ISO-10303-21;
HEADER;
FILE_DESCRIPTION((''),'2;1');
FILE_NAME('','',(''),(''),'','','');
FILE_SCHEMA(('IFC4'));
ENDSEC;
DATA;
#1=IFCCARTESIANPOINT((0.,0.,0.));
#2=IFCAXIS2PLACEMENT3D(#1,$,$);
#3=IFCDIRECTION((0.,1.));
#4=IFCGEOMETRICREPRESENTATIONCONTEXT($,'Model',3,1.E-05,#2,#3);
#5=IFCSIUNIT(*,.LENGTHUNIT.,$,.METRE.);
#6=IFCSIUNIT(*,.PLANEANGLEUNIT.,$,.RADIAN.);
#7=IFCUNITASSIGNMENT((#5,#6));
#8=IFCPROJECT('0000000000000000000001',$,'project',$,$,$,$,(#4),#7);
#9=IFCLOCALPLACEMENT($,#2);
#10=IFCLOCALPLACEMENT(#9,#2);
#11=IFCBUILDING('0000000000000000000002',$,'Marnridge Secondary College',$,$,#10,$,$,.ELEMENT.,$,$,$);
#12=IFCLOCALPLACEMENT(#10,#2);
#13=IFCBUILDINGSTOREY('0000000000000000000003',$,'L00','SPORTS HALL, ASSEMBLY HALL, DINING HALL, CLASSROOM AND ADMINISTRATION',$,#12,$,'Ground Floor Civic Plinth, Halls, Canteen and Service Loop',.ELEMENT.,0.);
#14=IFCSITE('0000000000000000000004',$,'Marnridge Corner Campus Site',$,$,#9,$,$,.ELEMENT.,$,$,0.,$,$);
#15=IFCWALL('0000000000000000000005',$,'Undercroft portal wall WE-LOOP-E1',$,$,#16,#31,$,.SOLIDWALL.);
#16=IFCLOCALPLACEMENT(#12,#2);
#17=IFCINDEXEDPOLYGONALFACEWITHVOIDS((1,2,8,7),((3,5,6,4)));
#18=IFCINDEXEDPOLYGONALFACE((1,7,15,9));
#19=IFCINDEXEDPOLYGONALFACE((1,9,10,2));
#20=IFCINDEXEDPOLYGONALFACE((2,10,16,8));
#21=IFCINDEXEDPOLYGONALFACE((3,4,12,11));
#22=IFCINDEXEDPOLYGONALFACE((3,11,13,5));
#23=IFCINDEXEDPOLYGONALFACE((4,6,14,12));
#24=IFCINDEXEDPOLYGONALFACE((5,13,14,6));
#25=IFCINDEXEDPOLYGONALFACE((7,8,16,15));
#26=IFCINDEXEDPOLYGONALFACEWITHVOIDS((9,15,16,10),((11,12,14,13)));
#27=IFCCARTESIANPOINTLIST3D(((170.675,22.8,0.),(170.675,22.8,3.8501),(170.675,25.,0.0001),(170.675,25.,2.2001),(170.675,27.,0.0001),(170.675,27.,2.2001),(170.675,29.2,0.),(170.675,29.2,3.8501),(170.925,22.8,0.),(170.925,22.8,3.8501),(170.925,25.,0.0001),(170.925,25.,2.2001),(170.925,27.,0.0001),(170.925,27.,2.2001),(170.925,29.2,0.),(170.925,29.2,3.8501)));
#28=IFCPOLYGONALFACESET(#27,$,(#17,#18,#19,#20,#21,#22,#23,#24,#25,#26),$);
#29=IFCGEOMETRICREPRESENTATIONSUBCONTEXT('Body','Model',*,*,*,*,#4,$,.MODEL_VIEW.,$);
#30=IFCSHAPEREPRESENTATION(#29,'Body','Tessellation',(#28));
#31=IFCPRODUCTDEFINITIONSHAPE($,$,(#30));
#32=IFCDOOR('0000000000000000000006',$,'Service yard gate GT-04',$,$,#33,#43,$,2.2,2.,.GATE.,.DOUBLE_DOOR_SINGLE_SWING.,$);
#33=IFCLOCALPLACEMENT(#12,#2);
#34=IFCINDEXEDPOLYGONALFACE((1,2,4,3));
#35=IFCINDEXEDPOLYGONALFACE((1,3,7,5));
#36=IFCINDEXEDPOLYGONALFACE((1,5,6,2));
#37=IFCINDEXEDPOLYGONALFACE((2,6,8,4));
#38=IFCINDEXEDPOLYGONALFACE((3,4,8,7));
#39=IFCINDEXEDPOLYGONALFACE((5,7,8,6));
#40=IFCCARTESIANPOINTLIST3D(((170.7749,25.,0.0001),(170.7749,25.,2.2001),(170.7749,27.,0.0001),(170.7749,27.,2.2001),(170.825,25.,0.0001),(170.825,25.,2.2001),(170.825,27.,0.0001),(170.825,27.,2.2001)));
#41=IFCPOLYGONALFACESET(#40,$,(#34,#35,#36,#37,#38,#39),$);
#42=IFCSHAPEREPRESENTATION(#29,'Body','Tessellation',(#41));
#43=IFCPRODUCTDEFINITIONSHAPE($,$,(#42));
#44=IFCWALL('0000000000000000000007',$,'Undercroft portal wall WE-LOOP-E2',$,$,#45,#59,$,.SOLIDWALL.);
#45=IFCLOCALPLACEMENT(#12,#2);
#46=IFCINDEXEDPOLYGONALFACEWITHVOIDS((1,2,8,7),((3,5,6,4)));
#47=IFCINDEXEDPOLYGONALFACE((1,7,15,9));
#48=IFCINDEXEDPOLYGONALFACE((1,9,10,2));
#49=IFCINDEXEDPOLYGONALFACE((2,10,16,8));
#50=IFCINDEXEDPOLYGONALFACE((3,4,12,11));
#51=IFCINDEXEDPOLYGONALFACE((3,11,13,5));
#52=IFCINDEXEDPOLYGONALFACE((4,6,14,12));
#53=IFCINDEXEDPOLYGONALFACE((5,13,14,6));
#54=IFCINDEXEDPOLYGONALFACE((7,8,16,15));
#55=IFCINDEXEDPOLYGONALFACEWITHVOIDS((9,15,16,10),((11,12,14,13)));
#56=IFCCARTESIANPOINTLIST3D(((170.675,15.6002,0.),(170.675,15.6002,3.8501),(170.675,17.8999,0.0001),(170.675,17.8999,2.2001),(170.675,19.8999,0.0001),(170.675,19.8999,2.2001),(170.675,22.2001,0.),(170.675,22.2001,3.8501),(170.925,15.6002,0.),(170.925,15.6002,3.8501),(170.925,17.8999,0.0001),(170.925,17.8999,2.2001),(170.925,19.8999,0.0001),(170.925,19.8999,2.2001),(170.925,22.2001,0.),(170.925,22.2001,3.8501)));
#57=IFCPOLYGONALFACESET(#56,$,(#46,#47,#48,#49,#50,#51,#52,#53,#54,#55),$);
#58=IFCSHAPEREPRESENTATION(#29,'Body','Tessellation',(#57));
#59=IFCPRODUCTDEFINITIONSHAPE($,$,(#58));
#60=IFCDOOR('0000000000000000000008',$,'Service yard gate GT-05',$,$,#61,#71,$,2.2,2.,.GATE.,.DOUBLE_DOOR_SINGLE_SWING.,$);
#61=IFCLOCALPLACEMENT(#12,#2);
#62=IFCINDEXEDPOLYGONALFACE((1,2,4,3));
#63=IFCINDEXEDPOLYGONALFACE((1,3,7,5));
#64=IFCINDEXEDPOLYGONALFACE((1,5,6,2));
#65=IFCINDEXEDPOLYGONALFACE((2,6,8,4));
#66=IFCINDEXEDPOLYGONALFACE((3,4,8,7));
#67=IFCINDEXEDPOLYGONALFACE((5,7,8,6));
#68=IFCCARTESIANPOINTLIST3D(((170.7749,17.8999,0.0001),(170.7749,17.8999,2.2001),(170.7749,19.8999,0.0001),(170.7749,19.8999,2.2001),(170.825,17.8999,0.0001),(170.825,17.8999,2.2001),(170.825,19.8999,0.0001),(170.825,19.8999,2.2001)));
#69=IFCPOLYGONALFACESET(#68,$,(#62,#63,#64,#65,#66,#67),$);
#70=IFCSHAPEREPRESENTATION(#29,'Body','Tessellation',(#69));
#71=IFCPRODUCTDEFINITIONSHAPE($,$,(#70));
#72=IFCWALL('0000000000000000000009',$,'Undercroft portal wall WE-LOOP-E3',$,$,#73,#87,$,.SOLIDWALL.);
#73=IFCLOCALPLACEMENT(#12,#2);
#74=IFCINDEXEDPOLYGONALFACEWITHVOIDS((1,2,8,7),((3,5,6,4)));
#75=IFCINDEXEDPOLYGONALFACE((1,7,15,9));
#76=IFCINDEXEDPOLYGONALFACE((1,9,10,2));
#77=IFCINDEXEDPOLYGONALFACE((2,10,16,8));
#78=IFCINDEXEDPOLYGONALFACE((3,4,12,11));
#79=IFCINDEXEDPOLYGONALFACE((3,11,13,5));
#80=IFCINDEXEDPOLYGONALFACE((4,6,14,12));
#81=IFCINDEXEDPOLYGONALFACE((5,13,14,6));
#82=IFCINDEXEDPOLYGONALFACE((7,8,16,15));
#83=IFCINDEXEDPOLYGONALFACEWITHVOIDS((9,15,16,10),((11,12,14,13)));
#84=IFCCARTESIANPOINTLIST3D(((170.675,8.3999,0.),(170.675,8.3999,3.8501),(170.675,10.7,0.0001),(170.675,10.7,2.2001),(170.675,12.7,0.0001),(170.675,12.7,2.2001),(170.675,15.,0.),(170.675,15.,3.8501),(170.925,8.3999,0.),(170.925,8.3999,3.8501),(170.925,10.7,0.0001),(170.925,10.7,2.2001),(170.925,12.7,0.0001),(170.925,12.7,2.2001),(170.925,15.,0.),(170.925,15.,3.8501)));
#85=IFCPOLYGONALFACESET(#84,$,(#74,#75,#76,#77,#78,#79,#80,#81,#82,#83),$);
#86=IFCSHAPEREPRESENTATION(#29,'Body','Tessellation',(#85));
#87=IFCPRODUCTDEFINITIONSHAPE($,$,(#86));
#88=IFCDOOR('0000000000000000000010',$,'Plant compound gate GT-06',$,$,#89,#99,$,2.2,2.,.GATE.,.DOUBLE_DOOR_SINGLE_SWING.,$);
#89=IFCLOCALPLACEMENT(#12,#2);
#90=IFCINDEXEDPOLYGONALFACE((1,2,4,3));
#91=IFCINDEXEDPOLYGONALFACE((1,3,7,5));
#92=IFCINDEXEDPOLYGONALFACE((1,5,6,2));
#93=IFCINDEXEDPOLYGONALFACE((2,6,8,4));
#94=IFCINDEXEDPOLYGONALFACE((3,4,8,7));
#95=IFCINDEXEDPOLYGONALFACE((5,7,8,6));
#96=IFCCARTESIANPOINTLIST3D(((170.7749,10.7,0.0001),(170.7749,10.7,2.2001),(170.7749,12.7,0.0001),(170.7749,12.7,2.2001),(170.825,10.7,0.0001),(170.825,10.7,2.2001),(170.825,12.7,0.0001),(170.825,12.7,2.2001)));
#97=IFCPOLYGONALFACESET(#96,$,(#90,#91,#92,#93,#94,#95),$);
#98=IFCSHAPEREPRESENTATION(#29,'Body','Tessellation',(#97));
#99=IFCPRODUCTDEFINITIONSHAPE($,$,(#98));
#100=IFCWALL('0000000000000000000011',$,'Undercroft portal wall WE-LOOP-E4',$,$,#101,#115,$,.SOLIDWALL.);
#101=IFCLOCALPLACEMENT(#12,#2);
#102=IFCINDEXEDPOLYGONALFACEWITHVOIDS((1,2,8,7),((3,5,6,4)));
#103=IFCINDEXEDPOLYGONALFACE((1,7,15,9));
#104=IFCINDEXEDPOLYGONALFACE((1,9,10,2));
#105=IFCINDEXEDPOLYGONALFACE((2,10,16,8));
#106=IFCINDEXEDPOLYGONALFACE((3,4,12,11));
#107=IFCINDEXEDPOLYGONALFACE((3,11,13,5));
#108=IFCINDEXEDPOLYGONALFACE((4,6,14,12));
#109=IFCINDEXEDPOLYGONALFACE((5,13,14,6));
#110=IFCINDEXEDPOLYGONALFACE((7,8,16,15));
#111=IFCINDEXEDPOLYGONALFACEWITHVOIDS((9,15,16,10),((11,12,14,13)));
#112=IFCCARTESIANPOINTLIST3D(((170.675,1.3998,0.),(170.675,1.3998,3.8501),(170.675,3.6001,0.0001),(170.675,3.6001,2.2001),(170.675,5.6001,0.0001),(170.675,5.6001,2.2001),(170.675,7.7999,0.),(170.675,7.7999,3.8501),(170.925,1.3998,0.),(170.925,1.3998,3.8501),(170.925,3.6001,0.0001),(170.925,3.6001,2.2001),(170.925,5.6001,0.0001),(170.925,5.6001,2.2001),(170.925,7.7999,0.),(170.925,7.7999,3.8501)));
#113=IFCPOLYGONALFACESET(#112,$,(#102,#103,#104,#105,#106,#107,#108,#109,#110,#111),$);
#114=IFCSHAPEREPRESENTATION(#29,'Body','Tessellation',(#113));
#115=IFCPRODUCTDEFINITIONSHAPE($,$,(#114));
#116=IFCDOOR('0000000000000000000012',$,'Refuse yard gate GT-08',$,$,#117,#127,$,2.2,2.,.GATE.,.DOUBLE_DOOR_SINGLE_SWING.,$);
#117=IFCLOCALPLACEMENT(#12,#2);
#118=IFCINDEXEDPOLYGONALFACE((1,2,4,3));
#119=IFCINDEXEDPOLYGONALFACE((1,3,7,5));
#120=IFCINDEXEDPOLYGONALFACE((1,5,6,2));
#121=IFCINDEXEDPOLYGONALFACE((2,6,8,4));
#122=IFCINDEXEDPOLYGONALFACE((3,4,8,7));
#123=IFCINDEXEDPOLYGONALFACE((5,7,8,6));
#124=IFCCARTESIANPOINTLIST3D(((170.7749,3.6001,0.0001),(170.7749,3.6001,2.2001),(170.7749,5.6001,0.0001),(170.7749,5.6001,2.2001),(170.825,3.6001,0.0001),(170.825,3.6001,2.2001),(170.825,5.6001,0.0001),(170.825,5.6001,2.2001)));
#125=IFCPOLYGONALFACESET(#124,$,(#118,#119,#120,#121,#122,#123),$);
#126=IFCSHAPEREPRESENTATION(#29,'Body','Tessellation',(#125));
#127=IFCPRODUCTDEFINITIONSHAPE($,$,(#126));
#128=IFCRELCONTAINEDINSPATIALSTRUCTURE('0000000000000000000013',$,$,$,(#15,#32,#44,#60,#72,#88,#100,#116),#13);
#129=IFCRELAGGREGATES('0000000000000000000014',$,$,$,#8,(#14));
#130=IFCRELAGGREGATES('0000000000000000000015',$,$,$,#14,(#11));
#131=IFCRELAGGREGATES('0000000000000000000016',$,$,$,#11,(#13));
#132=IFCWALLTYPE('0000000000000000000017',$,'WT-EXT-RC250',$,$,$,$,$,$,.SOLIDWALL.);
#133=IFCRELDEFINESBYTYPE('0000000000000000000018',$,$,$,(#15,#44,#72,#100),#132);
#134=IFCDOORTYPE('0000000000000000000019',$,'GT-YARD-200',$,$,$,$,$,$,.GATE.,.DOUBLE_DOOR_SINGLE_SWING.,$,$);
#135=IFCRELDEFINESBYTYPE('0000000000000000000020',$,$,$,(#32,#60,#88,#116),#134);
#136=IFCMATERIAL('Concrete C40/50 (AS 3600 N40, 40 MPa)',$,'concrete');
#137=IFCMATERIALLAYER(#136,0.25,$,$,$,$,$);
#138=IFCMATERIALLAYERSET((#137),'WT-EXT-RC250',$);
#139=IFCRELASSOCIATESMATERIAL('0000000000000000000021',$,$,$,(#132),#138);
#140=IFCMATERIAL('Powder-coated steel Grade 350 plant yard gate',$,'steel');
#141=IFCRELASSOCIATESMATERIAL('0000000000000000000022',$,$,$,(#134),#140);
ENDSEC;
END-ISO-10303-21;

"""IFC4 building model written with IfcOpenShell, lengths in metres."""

from ifc_helpers import new_model, si_unit, direction, frame, frame_2d, origin, place, context, subcontext, project, spatial, rectangle, extrude, material, layer, layer_set, type_object, element, fill, save


model = new_model("IFC4")

# Units and contexts
model_context = context("Model", 3, precision=1e-05, world=origin(), true_north=direction((0.0, 1.0)))
body_context = subcontext(model_context, "Body", "Model", "MODEL_VIEW")
ifc_project = project(units=[si_unit("LENGTHUNIT", "METRE"), si_unit("PLANEANGLEUNIT", "RADIAN")], contexts=[model_context])

# Site, building, storey
site_placement = place(None, origin())
site = spatial("IfcSite", under=ifc_project, at=site_placement, Name="Marnridge Corner Campus Site", CompositionType="ELEMENT", RefElevation=0.0)
building_placement = place(site_placement, origin())
building = spatial("IfcBuilding", under=site, at=building_placement, Name="Marnridge Secondary College", CompositionType="ELEMENT")
storey_placement = place(building_placement, origin())
storey = spatial("IfcBuildingStorey", under=building, at=storey_placement, Name="L00", Description="SPORTS HALL, ASSEMBLY HALL, DINING HALL, CLASSROOM AND ADMINISTRATION", LongName="Ground Floor Civic Plinth, Halls, Canteen and Service Loop", CompositionType="ELEMENT", Elevation=0.0)

# Walls, openings, doors
ifc_material_1 = material(Name="Concrete C40/50 (AS 3600 N40, 40 MPa)", Category="concrete")
ifc_layer_1 = layer(ifc_material_1, 0.25)
ifc_layer_set_1 = layer_set([ifc_layer_1], Name="WT-EXT-RC250")
wall_type = type_object("IfcWallType", Name="WT-EXT-RC250", PredefinedType="SOLIDWALL", material=ifc_layer_set_1)
wall_1_placement = place(storey_placement, frame((170.8, 29.2, 0.0), z_axis=(0.0, 0.0, 1.0), x_axis=(0.0, -1.0, 0.0)))
wall_1 = element("IfcWall", 1, at=wall_1_placement, inside=storey, type_object=wall_type, Name="Undercroft portal wall WE-LOOP-E1", PredefinedType="SOLIDWALL", context=body_context, shape_type="SweptSolid", body=[
    extrude(rectangle(XDim=6.3999, YDim=0.25, at=frame_2d((3.2, 0.0))), origin(), (0.0, 0.0, 1.0), 3.8501),
])
opening_1_placement = place(wall_1_placement, frame((2.2, 0.0, 0.0)))
opening_1 = element("IfcOpeningElement", 2, at=opening_1_placement, cuts=wall_1, PredefinedType="OPENING", context=body_context, shape_type="SweptSolid", body=[
    extrude(rectangle(XDim=2.0, YDim=2.2, at=frame_2d((1.0, 1.1001))), frame((0.0, 0.135, 0.0), z_axis=(0.0, -1.0, 0.0), x_axis=(1.0, 0.0, 0.0)), (0.0, 0.0, 1.0), 0.27),
])
ifc_material_2 = material(Name="Powder-coated steel Grade 350 plant yard gate", Category="steel")
door_type_1 = type_object("IfcDoorType", Name="GT-YARD-200", OperationType="DOUBLE_DOOR_SINGLE_SWING", PredefinedType="GATE", material=ifc_material_2)
door_1_placement = place(opening_1_placement, origin())
door_1 = element("IfcDoor", 3, at=door_1_placement, inside=storey, type_object=door_type_1, Name="Service yard gate GT-04", OperationType="DOUBLE_DOOR_SINGLE_SWING", OverallHeight=2.2, OverallWidth=2.0, PredefinedType="GATE", context=body_context, shape_type="SweptSolid", body=[
    extrude(rectangle(XDim=2.0, YDim=2.2, at=frame_2d((1.0, 1.1001))), frame((0.0, 0.0249, 0.0), z_axis=(0.0, -1.0, 0.0), x_axis=(1.0, 0.0, 0.0)), (0.0, 0.0, 1.0), 0.05),
])
fill(opening_1, door_1)
wall_2_placement = place(storey_placement, frame((170.8, 22.2, 0.0), z_axis=(0.0, 0.0, 1.0), x_axis=(0.0, -1.0, 0.0)))
wall_2 = element("IfcWall", 4, at=wall_2_placement, inside=storey, type_object=wall_type, Name="Undercroft portal wall WE-LOOP-E2", PredefinedType="SOLIDWALL", context=body_context, shape_type="SweptSolid", body=[
    extrude(rectangle(XDim=6.5999, YDim=0.25, at=frame_2d((3.2998, 0.0))), origin(), (0.0, 0.0, 1.0), 3.8501),
])
opening_2_placement = place(wall_2_placement, frame((2.3, 0.0, 0.0)))
opening_2 = element("IfcOpeningElement", 5, at=opening_2_placement, cuts=wall_2, PredefinedType="OPENING", context=body_context, shape_type="SweptSolid", body=[
    extrude(rectangle(XDim=2.0, YDim=2.2, at=frame_2d((1.0, 1.1001))), frame((0.0, 0.135, 0.0), z_axis=(0.0, -1.0, 0.0), x_axis=(1.0, 0.0, 0.0)), (0.0, 0.0, 1.0), 0.27),
])
door_2_placement = place(opening_2_placement, origin())
door_2 = element("IfcDoor", 6, at=door_2_placement, inside=storey, type_object=door_type_1, Name="Service yard gate GT-05", OperationType="DOUBLE_DOOR_SINGLE_SWING", OverallHeight=2.2, OverallWidth=2.0, PredefinedType="GATE", context=body_context, shape_type="SweptSolid", body=[
    extrude(rectangle(XDim=2.0, YDim=2.2, at=frame_2d((1.0, 1.1001))), frame((0.0, 0.0249, 0.0), z_axis=(0.0, -1.0, 0.0), x_axis=(1.0, 0.0, 0.0)), (0.0, 0.0, 1.0), 0.05),
])
fill(opening_2, door_2)
wall_3_placement = place(storey_placement, frame((170.8, 15.0, 0.0), z_axis=(0.0, 0.0, 1.0), x_axis=(0.0, -1.0, 0.0)))
wall_3 = element("IfcWall", 7, at=wall_3_placement, inside=storey, type_object=wall_type, Name="Undercroft portal wall WE-LOOP-E3", PredefinedType="SOLIDWALL", context=body_context, shape_type="SweptSolid", body=[
    extrude(rectangle(XDim=6.6001, YDim=0.25, at=frame_2d((3.3, 0.0))), origin(), (0.0, 0.0, 1.0), 3.8501),
])
opening_3_placement = place(wall_3_placement, frame((2.3, 0.0, 0.0)))
opening_3 = element("IfcOpeningElement", 8, at=opening_3_placement, cuts=wall_3, PredefinedType="OPENING", context=body_context, shape_type="SweptSolid", body=[
    extrude(rectangle(XDim=2.0, YDim=2.2, at=frame_2d((1.0, 1.1001))), frame((0.0, 0.135, 0.0), z_axis=(0.0, -1.0, 0.0), x_axis=(1.0, 0.0, 0.0)), (0.0, 0.0, 1.0), 0.27),
])
door_3_placement = place(opening_3_placement, origin())
door_3 = element("IfcDoor", 9, at=door_3_placement, inside=storey, type_object=door_type_1, Name="Plant compound gate GT-06", OperationType="DOUBLE_DOOR_SINGLE_SWING", OverallHeight=2.2, OverallWidth=2.0, PredefinedType="GATE", context=body_context, shape_type="SweptSolid", body=[
    extrude(rectangle(XDim=2.0, YDim=2.2, at=frame_2d((1.0, 1.1001))), frame((0.0, 0.0249, 0.0), z_axis=(0.0, -1.0, 0.0), x_axis=(1.0, 0.0, 0.0)), (0.0, 0.0, 1.0), 0.05),
])
fill(opening_3, door_3)
wall_4_placement = place(storey_placement, frame((170.8, 7.8, 0.0), z_axis=(0.0, 0.0, 1.0), x_axis=(0.0, -1.0, 0.0)))
wall_4 = element("IfcWall", 10, at=wall_4_placement, inside=storey, type_object=wall_type, Name="Undercroft portal wall WE-LOOP-E4", PredefinedType="SOLIDWALL", context=body_context, shape_type="SweptSolid", body=[
    extrude(rectangle(XDim=6.4001, YDim=0.25, at=frame_2d((3.2002, 0.0))), origin(), (0.0, 0.0, 1.0), 3.8501),
])
opening_4_placement = place(wall_4_placement, frame((2.2, 0.0, 0.0)))
opening_4 = element("IfcOpeningElement", 11, at=opening_4_placement, cuts=wall_4, PredefinedType="OPENING", context=body_context, shape_type="SweptSolid", body=[
    extrude(rectangle(XDim=2.0, YDim=2.2, at=frame_2d((1.0, 1.1001))), frame((0.0, 0.135, 0.0), z_axis=(0.0, -1.0, 0.0), x_axis=(1.0, 0.0, 0.0)), (0.0, 0.0, 1.0), 0.27),
])
door_4_placement = place(opening_4_placement, origin())
door_4 = element("IfcDoor", 12, at=door_4_placement, inside=storey, type_object=door_type_1, Name="Refuse yard gate GT-08", OperationType="DOUBLE_DOOR_SINGLE_SWING", OverallHeight=2.2, OverallWidth=2.0, PredefinedType="GATE", context=body_context, shape_type="SweptSolid", body=[
    extrude(rectangle(XDim=2.0, YDim=2.2, at=frame_2d((1.0, 1.1001))), frame((0.0, 0.0249, 0.0), z_axis=(0.0, -1.0, 0.0), x_axis=(1.0, 0.0, 0.0)), (0.0, 0.0, 1.0), 0.05),
])
fill(opening_4, door_4)

save(model, "model.ifc")
